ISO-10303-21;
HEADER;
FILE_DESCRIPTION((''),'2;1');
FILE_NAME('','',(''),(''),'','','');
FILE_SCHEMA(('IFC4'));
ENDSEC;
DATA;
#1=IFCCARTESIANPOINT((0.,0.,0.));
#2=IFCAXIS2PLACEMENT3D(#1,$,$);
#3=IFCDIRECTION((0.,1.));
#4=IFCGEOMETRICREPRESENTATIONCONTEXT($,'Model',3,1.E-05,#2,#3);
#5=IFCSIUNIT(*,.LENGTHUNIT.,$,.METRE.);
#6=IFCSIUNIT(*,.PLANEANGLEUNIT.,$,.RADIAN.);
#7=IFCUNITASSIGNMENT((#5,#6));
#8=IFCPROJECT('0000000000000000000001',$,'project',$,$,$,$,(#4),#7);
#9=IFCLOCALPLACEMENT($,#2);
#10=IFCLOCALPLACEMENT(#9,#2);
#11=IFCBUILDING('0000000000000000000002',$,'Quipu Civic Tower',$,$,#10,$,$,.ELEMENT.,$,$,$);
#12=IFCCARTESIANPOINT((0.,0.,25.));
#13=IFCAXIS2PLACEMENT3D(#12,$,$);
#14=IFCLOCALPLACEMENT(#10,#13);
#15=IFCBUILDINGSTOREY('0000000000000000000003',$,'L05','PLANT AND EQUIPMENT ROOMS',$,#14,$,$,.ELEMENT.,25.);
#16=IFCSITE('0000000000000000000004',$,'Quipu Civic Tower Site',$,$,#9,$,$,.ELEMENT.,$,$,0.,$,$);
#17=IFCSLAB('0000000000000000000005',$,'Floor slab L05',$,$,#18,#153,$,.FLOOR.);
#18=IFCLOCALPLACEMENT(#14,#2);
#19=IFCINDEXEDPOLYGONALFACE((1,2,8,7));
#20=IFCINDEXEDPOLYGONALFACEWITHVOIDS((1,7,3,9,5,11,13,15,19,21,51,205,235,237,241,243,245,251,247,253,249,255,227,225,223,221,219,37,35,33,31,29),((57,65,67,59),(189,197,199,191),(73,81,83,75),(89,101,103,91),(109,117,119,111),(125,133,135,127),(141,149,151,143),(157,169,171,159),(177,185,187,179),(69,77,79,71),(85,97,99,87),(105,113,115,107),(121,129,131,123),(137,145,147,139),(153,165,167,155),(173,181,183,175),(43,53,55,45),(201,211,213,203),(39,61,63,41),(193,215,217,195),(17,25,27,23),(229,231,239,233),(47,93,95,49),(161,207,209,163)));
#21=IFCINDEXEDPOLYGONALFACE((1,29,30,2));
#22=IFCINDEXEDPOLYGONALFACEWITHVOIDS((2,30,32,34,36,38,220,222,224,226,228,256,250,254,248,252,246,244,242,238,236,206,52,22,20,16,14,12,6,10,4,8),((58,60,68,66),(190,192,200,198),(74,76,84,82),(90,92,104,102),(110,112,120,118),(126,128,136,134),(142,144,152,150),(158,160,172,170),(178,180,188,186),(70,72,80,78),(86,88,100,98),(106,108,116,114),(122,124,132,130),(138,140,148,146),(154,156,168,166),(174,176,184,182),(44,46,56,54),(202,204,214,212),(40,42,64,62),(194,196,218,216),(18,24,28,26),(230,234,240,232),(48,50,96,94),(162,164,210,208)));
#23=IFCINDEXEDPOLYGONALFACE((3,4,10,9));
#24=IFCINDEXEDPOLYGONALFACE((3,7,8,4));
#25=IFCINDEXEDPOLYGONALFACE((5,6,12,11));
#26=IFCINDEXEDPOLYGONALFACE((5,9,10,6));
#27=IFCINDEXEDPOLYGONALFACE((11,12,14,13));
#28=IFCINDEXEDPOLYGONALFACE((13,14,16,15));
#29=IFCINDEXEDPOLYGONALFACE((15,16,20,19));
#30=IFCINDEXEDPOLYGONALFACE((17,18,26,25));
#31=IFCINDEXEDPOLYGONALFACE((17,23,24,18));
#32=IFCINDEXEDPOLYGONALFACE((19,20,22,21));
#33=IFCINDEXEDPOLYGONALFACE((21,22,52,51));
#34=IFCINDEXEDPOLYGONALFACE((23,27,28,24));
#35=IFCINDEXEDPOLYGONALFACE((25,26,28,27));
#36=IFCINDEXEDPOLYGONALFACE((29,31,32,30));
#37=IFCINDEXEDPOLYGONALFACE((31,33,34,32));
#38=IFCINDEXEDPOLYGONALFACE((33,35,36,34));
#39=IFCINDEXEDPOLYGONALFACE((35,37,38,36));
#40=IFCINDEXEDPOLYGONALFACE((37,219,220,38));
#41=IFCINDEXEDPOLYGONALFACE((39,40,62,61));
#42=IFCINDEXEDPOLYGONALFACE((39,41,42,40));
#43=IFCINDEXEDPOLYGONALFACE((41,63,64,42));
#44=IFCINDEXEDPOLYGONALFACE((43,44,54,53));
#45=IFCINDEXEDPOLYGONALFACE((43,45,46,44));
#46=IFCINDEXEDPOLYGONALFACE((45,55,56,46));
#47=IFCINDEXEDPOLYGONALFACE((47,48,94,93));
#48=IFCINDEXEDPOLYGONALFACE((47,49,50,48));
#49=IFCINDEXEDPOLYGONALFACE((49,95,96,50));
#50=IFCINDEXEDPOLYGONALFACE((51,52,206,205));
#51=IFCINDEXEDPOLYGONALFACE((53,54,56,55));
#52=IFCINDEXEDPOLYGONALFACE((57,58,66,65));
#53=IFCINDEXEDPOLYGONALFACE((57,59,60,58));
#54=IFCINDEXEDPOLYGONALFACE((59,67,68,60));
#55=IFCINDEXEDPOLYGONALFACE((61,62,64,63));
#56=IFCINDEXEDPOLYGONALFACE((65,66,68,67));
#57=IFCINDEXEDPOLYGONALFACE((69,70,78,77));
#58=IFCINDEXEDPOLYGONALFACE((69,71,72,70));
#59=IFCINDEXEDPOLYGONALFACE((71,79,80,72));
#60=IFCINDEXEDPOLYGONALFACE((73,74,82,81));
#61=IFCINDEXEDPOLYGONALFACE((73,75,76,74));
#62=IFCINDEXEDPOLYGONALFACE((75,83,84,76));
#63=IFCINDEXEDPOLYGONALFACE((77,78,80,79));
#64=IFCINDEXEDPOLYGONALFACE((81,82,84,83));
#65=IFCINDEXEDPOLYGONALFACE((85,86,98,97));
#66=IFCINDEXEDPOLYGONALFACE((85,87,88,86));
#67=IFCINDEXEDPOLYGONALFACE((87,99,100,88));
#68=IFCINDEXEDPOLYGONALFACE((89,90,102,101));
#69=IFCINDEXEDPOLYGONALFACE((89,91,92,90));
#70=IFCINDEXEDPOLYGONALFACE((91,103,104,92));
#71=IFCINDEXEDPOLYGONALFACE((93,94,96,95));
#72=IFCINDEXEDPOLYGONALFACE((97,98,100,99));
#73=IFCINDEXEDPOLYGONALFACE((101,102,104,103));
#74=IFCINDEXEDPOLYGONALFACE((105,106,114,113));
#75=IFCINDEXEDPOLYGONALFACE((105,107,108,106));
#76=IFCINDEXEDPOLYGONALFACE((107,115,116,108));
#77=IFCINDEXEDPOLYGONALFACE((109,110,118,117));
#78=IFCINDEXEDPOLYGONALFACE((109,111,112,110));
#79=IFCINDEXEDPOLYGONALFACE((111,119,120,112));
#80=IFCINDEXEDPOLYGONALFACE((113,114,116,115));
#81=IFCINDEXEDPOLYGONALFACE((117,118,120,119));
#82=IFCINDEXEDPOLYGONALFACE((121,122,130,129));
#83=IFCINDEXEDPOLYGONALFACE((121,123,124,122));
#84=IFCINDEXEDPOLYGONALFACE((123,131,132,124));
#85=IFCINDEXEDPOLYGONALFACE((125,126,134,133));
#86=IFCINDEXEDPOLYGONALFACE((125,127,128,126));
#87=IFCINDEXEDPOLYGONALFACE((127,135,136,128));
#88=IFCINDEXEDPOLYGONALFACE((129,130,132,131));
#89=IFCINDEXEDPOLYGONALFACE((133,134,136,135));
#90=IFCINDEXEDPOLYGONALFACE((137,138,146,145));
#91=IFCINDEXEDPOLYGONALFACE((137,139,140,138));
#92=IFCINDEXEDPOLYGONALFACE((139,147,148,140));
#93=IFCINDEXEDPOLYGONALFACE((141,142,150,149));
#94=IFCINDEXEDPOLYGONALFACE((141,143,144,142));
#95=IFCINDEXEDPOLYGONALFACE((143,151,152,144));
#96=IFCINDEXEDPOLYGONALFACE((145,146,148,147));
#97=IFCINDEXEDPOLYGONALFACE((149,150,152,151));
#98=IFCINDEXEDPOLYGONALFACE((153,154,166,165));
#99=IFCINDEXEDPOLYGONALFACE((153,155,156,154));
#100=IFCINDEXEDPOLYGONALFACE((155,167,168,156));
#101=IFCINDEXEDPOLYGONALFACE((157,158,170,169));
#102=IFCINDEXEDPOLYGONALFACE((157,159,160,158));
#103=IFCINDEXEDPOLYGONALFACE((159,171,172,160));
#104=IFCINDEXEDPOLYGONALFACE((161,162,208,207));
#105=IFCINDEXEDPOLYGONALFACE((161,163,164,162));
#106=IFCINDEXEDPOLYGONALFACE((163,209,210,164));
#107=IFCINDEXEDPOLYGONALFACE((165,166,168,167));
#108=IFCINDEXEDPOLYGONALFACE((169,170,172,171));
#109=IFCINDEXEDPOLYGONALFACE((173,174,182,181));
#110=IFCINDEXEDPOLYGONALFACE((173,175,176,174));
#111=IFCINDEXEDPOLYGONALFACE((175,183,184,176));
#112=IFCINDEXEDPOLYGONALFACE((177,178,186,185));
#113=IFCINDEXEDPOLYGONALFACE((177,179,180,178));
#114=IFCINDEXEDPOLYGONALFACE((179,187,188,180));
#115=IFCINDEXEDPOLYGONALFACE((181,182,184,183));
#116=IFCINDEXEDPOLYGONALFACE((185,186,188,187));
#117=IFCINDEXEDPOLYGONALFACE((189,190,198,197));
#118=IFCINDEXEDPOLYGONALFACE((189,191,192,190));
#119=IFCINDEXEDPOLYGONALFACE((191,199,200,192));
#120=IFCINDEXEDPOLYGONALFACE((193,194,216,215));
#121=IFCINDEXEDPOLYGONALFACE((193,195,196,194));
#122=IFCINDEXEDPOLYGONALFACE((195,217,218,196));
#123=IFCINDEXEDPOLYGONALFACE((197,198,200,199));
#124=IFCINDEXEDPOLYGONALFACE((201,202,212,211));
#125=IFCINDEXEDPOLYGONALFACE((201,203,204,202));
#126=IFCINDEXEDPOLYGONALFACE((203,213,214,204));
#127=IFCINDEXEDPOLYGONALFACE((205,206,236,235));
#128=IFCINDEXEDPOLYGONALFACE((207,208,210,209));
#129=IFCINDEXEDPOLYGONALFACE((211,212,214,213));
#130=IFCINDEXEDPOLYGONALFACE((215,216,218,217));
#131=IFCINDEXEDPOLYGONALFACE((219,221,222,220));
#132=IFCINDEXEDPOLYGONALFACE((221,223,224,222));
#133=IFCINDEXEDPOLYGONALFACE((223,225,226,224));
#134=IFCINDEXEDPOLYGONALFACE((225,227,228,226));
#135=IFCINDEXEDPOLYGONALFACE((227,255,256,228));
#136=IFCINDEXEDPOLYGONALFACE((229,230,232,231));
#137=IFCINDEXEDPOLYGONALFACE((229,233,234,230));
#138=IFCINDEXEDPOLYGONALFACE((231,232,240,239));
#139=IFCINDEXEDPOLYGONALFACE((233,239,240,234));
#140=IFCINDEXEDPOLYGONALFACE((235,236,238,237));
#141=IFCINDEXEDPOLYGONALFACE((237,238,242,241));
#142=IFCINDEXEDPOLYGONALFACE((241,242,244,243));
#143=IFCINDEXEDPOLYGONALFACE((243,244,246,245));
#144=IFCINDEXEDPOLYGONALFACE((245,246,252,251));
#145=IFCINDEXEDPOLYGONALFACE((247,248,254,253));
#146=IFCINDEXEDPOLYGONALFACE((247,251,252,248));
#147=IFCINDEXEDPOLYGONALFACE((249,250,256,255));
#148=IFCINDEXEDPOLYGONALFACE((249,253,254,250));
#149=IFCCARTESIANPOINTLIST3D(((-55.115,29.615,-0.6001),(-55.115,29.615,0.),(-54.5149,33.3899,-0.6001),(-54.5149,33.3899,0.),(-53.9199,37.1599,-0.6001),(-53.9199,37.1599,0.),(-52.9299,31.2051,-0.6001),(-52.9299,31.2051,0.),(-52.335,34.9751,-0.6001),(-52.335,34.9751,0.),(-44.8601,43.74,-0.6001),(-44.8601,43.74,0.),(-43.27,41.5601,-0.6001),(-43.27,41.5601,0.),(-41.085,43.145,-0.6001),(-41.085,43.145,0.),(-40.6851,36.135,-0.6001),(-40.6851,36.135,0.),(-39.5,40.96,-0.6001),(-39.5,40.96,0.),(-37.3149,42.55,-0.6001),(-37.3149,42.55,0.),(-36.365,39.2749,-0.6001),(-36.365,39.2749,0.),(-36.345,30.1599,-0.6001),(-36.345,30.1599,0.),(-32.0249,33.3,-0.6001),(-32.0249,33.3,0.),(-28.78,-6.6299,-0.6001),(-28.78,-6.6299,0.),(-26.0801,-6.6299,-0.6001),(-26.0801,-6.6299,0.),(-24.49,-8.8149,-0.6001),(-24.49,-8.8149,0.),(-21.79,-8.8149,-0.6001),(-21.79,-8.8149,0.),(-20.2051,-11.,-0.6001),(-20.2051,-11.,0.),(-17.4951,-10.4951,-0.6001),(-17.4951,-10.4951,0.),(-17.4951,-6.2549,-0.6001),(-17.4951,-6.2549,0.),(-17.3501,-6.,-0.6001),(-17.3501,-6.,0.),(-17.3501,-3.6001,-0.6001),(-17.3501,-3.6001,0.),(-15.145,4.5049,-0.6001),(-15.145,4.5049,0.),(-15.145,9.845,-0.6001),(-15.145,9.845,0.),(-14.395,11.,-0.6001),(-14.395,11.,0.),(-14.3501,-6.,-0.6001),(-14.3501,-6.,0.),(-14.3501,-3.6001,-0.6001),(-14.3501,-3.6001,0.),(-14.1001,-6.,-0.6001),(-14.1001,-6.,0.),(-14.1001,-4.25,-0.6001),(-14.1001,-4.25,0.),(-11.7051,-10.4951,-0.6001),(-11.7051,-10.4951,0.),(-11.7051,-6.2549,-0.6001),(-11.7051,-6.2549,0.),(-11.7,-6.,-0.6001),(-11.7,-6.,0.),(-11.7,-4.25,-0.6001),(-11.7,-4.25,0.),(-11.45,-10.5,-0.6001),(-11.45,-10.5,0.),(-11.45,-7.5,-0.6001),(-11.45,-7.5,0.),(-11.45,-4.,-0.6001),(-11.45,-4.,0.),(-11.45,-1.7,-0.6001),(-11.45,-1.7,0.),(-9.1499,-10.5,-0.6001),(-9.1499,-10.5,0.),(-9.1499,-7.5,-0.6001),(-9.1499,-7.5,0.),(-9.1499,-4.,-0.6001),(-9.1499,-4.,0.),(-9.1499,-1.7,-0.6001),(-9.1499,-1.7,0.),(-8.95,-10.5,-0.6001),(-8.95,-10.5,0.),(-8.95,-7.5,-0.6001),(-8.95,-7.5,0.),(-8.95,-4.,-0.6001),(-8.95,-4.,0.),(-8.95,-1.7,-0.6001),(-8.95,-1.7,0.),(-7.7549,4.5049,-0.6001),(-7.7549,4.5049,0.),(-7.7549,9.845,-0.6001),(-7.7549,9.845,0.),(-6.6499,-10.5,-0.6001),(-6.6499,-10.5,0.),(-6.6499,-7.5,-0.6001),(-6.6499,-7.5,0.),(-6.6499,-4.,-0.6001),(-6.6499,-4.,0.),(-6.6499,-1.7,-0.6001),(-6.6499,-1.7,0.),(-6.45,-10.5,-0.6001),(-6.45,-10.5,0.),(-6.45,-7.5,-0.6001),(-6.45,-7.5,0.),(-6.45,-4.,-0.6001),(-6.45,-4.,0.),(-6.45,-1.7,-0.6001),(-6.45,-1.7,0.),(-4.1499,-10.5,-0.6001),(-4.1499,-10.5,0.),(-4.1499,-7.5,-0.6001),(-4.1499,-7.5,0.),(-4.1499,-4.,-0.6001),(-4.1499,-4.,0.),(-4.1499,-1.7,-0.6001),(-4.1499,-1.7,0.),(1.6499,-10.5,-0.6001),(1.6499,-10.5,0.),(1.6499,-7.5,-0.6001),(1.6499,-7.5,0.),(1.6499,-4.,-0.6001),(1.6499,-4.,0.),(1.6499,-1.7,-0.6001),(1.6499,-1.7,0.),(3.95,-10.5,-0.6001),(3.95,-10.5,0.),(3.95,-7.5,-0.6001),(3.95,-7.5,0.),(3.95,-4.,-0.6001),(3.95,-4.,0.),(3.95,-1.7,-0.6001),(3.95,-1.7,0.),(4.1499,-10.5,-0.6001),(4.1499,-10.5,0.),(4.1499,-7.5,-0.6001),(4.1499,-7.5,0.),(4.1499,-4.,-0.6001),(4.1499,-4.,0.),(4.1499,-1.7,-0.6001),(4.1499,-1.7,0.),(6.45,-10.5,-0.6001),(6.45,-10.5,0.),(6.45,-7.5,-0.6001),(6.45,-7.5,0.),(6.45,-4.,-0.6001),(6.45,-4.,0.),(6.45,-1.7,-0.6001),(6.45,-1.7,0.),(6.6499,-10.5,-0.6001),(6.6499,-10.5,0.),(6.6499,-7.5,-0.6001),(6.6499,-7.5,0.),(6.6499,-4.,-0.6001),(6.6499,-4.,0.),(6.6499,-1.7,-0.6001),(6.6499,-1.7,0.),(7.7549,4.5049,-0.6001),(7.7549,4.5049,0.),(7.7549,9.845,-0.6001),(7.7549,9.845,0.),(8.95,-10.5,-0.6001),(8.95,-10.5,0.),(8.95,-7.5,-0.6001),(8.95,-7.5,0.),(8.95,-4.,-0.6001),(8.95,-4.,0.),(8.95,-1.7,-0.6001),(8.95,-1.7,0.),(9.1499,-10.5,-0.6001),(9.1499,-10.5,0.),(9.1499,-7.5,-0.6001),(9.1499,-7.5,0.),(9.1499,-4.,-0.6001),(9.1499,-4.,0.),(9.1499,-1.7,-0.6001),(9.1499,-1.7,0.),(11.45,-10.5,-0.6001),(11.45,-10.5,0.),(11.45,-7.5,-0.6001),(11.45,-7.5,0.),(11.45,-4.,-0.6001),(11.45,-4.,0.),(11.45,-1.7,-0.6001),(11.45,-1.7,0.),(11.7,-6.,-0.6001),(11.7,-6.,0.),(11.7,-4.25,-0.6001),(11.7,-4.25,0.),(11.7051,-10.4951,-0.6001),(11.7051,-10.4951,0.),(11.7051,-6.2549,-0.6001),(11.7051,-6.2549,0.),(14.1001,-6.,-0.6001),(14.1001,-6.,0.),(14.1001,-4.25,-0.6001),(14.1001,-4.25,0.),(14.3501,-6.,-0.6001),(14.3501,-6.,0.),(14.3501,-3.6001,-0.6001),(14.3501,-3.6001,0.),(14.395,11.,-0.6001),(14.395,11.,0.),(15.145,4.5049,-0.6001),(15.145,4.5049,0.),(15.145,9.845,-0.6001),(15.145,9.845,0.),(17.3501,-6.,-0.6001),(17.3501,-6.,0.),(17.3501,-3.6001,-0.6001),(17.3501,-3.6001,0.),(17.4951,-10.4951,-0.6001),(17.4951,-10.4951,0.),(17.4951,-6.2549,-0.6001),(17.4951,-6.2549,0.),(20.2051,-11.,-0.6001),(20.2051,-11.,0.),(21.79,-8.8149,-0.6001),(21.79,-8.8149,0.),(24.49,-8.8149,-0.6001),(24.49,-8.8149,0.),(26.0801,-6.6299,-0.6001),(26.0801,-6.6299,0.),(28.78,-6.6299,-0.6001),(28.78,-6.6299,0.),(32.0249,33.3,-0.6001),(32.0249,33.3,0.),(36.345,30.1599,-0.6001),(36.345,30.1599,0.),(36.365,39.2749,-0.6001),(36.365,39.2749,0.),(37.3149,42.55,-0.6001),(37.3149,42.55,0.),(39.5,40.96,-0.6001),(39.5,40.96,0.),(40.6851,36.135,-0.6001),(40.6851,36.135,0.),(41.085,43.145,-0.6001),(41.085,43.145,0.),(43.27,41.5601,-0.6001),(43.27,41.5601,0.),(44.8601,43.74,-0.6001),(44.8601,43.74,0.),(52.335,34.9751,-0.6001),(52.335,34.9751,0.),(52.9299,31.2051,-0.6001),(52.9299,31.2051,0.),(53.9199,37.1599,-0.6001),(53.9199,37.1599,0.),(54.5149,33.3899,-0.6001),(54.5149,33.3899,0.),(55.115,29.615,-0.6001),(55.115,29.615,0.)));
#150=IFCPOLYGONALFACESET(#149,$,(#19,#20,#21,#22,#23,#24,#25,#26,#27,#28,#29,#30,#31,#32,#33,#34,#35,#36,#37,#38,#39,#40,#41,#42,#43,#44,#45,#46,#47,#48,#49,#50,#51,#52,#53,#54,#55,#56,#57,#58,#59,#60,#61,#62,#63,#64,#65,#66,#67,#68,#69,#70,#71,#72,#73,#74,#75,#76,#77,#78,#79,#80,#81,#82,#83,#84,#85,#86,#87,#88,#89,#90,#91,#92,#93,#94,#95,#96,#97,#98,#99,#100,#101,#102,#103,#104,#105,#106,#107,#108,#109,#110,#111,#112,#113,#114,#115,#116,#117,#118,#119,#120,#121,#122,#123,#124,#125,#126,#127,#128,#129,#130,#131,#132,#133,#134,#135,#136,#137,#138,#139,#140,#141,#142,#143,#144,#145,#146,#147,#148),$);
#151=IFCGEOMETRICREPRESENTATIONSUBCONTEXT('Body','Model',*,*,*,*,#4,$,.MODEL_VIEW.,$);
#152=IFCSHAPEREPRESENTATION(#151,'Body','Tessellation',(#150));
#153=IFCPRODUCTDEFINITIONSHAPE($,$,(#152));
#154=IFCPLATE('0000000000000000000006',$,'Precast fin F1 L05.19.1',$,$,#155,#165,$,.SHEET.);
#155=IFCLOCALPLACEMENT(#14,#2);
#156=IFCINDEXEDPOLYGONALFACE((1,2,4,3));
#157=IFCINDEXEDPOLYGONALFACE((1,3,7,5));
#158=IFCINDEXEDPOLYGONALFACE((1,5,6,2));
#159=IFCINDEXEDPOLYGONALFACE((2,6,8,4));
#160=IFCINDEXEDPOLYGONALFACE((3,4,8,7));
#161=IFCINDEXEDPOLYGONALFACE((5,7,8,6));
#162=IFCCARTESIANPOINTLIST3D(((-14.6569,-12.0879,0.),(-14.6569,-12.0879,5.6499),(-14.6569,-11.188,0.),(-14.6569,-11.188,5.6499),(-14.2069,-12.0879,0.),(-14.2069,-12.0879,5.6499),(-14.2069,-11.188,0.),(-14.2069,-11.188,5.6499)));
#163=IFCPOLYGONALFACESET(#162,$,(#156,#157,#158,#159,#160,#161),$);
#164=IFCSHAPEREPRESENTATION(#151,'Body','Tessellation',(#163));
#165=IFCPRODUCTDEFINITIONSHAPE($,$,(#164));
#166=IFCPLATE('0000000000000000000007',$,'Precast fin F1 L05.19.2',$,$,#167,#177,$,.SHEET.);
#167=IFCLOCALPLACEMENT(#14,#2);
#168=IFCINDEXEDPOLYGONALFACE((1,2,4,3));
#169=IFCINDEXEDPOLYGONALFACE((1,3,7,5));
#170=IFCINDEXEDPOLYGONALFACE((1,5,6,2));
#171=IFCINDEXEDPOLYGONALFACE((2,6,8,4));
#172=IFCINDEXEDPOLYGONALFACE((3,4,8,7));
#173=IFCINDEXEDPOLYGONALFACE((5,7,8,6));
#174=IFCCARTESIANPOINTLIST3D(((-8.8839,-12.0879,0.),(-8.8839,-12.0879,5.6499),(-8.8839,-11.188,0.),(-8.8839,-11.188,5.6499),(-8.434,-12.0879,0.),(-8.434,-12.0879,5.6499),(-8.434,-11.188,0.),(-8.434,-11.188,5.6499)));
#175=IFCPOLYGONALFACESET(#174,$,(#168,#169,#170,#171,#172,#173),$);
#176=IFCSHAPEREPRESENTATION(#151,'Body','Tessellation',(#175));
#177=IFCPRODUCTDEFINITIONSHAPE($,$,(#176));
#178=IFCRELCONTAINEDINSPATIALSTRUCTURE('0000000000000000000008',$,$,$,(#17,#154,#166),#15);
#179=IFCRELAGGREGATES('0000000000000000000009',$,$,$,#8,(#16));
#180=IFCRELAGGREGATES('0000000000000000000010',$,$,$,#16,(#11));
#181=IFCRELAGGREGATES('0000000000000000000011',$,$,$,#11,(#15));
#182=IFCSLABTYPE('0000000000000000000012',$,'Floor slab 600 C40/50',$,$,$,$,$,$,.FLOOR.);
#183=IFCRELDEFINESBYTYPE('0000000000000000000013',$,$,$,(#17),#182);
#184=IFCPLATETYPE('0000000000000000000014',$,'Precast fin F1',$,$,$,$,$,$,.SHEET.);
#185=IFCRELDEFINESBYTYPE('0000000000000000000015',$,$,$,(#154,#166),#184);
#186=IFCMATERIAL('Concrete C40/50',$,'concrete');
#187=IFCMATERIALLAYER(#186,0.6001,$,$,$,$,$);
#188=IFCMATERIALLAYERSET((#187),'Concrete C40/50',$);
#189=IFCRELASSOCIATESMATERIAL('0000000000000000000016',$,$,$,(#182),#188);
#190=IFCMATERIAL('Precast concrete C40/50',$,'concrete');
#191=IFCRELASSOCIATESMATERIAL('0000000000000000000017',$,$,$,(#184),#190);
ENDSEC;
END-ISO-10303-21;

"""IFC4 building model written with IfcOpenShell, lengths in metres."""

from ifc_helpers import new_model, si_unit, direction, frame, origin, origin_2d, place, context, subcontext, project, spatial, polyline, rectangle, outline, extrude, material, layer, layer_set, type_object, element, save


model = new_model("IFC4")

# Units and contexts
model_context = context("Model", 3, precision=1e-05, world=origin(), true_north=direction((0.0, 1.0)))
body_context = subcontext(model_context, "Body", "Model", "MODEL_VIEW")
ifc_project = project(units=[si_unit("LENGTHUNIT", "METRE"), si_unit("PLANEANGLEUNIT", "RADIAN")], contexts=[model_context])

# Site, building, storey
site_placement = place(None, origin())
site = spatial("IfcSite", under=ifc_project, at=site_placement, Name="Quipu Civic Tower Site", CompositionType="ELEMENT", RefElevation=0.0)
building_placement = place(site_placement, origin())
building = spatial("IfcBuilding", under=site, at=building_placement, Name="Quipu Civic Tower", CompositionType="ELEMENT")
storey_placement = place(building_placement, frame((0.0, 0.0, 25.0)))
storey = spatial("IfcBuildingStorey", under=building, at=storey_placement, Name="L05", Description="PLANT AND EQUIPMENT ROOMS", CompositionType="ELEMENT", Elevation=25.0)

# Slab
ifc_material_1 = material(Name="Concrete C40/50", Category="concrete")
ifc_layer_1 = layer(ifc_material_1, 0.6001)
ifc_layer_set_1 = layer_set([ifc_layer_1], Name="Concrete C40/50")
slab_type_1 = type_object("IfcSlabType", Name="Floor slab 600 C40/50", PredefinedType="FLOOR", material=ifc_layer_set_1)
slab_1_placement = place(storey_placement, frame((0.0, 0.0, -0.6001)))
element("IfcSlab", 1, at=slab_1_placement, inside=storey, type_object=slab_type_1, Name="Floor slab L05", PredefinedType="FLOOR", context=body_context, shape_type="SweptSolid", body=[
    extrude(outline(polyline([(37.3149, 42.55), (39.5, 40.96), (41.085, 43.145), (43.27, 41.5601), (44.8601, 43.74), (53.9199, 37.1599), (52.335, 34.9751), (54.5149, 33.3899), (52.9299, 31.2051), (55.115, 29.615), (28.78, -6.6299), (26.0801, -6.6299), (24.49, -8.8149), (21.79, -8.8149), (20.2051, -11.0), (-20.2051, -11.0), (-21.79, -8.8149), (-24.49, -8.8149), (-26.0801, -6.6299), (-28.78, -6.6299), (-55.115, 29.615), (-52.9299, 31.2051), (-54.5149, 33.3899), (-52.335, 34.9751), (-53.9199, 37.1599), (-44.8601, 43.74), (-43.27, 41.5601), (-41.085, 43.145), (-39.5, 40.96), (-37.3149, 42.55), (-14.395, 11.0), (14.395, 11.0), (37.3149, 42.55)]), holes=[polyline([(-11.45, -7.5), (-11.45, -10.5), (-9.1499, -10.5), (-9.1499, -7.5), (-11.45, -7.5)]), polyline([(-6.6499, -7.5), (-8.95, -7.5), (-8.95, -10.5), (-6.6499, -10.5), (-6.6499, -7.5)]), polyline([(-4.1499, -7.5), (-6.45, -7.5), (-6.45, -10.5), (-4.1499, -10.5), (-4.1499, -7.5)]), polyline([(1.6499, -7.5), (1.6499, -10.5), (3.95, -10.5), (3.95, -7.5), (1.6499, -7.5)]), polyline([(-11.7051, -10.4951), (-11.7051, -6.2549), (-17.4951, -6.2549), (-17.4951, -10.4951), (-11.7051, -10.4951)]), polyline([(-11.7, -4.25), (-14.1001, -4.25), (-14.1001, -6.0), (-11.7, -6.0), (-11.7, -4.25)]), polyline([(-17.3501, -3.6001), (-17.3501, -6.0), (-14.3501, -6.0), (-14.3501, -3.6001), (-17.3501, -3.6001)]), polyline([(-9.1499, -1.7), (-11.45, -1.7), (-11.45, -4.0), (-9.1499, -4.0), (-9.1499, -1.7)]), polyline([(-6.6499, -1.7), (-8.95, -1.7), (-8.95, -4.0), (-6.6499, -4.0), (-6.6499, -1.7)]), polyline([(-6.45, -1.7), (-6.45, -4.0), (-4.1499, -4.0), (-4.1499, -1.7), (-6.45, -1.7)]), polyline([(-7.7549, 4.5049), (-7.7549, 9.845), (-15.145, 9.845), (-15.145, 4.5049), (-7.7549, 4.5049)]), polyline([(-36.365, 39.2749), (-40.6851, 36.135), (-36.345, 30.1599), (-32.0249, 33.3), (-36.365, 39.2749)]), polyline([(4.1499, -7.5), (4.1499, -10.5), (6.45, -10.5), (6.45, -7.5), (4.1499, -7.5)]), polyline([(8.95, -7.5), (6.6499, -7.5), (6.6499, -10.5), (8.95, -10.5), (8.95, -7.5)]), polyline([(11.45, -7.5), (9.1499, -7.5), (9.1499, -10.5), (11.45, -10.5), (11.45, -7.5)]), polyline([(11.7051, -10.4951), (17.4951, -10.4951), (17.4951, -6.2549), (11.7051, -6.2549), (11.7051, -10.4951)]), polyline([(14.1001, -4.25), (11.7, -4.25), (11.7, -6.0), (14.1001, -6.0), (14.1001, -4.25)]), polyline([(17.3501, -3.6001), (14.3501, -3.6001), (14.3501, -6.0), (17.3501, -6.0), (17.3501, -3.6001)]), polyline([(1.6499, -1.7), (1.6499, -4.0), (3.95, -4.0), (3.95, -1.7), (1.6499, -1.7)]), polyline([(6.45, -1.7), (4.1499, -1.7), (4.1499, -4.0), (6.45, -4.0), (6.45, -1.7)]), polyline([(8.95, -1.7), (6.6499, -1.7), (6.6499, -4.0), (8.95, -4.0), (8.95, -1.7)]), polyline([(9.1499, -1.7), (9.1499, -4.0), (11.45, -4.0), (11.45, -1.7), (9.1499, -1.7)]), polyline([(7.7549, 9.845), (7.7549, 4.5049), (15.145, 4.5049), (15.145, 9.845), (7.7549, 9.845)]), polyline([(40.6851, 36.135), (36.365, 39.2749), (32.0249, 33.3), (36.345, 30.1599), (40.6851, 36.135)])]), origin(), (0.0, 0.0, 1.0), 0.6001),
])

# Plates
ifc_material_2 = material(Name="Precast concrete C40/50", Category="concrete")
plate_type = type_object("IfcPlateType", Name="Precast fin F1", PredefinedType="SHEET", material=ifc_material_2)
for number, where, z_axis, x_axis, name in (
    (2, (-14.4319, -11.6379, 0.0), (0.0, 0.0, 1.0), (1.0, 0.0, 0.0), "Precast fin F1 L05.19.1"),
    (3, (-8.6589, -11.6379, 0.0), (0.0, 0.0, 1.0), (1.0, 0.0, 0.0), "Precast fin F1 L05.19.2"),
):
    element("IfcPlate", number, at=place(storey_placement, frame(where, z_axis=z_axis, x_axis=x_axis)), inside=storey, type_object=plate_type, Name=name, PredefinedType="SHEET", context=body_context, shape_type="SweptSolid", body=[
        extrude(rectangle(XDim=0.45, YDim=0.8999, at=origin_2d()), origin(), (0.0, 0.0, 1.0), 5.6499),
    ])

save(model, "model.ifc")
